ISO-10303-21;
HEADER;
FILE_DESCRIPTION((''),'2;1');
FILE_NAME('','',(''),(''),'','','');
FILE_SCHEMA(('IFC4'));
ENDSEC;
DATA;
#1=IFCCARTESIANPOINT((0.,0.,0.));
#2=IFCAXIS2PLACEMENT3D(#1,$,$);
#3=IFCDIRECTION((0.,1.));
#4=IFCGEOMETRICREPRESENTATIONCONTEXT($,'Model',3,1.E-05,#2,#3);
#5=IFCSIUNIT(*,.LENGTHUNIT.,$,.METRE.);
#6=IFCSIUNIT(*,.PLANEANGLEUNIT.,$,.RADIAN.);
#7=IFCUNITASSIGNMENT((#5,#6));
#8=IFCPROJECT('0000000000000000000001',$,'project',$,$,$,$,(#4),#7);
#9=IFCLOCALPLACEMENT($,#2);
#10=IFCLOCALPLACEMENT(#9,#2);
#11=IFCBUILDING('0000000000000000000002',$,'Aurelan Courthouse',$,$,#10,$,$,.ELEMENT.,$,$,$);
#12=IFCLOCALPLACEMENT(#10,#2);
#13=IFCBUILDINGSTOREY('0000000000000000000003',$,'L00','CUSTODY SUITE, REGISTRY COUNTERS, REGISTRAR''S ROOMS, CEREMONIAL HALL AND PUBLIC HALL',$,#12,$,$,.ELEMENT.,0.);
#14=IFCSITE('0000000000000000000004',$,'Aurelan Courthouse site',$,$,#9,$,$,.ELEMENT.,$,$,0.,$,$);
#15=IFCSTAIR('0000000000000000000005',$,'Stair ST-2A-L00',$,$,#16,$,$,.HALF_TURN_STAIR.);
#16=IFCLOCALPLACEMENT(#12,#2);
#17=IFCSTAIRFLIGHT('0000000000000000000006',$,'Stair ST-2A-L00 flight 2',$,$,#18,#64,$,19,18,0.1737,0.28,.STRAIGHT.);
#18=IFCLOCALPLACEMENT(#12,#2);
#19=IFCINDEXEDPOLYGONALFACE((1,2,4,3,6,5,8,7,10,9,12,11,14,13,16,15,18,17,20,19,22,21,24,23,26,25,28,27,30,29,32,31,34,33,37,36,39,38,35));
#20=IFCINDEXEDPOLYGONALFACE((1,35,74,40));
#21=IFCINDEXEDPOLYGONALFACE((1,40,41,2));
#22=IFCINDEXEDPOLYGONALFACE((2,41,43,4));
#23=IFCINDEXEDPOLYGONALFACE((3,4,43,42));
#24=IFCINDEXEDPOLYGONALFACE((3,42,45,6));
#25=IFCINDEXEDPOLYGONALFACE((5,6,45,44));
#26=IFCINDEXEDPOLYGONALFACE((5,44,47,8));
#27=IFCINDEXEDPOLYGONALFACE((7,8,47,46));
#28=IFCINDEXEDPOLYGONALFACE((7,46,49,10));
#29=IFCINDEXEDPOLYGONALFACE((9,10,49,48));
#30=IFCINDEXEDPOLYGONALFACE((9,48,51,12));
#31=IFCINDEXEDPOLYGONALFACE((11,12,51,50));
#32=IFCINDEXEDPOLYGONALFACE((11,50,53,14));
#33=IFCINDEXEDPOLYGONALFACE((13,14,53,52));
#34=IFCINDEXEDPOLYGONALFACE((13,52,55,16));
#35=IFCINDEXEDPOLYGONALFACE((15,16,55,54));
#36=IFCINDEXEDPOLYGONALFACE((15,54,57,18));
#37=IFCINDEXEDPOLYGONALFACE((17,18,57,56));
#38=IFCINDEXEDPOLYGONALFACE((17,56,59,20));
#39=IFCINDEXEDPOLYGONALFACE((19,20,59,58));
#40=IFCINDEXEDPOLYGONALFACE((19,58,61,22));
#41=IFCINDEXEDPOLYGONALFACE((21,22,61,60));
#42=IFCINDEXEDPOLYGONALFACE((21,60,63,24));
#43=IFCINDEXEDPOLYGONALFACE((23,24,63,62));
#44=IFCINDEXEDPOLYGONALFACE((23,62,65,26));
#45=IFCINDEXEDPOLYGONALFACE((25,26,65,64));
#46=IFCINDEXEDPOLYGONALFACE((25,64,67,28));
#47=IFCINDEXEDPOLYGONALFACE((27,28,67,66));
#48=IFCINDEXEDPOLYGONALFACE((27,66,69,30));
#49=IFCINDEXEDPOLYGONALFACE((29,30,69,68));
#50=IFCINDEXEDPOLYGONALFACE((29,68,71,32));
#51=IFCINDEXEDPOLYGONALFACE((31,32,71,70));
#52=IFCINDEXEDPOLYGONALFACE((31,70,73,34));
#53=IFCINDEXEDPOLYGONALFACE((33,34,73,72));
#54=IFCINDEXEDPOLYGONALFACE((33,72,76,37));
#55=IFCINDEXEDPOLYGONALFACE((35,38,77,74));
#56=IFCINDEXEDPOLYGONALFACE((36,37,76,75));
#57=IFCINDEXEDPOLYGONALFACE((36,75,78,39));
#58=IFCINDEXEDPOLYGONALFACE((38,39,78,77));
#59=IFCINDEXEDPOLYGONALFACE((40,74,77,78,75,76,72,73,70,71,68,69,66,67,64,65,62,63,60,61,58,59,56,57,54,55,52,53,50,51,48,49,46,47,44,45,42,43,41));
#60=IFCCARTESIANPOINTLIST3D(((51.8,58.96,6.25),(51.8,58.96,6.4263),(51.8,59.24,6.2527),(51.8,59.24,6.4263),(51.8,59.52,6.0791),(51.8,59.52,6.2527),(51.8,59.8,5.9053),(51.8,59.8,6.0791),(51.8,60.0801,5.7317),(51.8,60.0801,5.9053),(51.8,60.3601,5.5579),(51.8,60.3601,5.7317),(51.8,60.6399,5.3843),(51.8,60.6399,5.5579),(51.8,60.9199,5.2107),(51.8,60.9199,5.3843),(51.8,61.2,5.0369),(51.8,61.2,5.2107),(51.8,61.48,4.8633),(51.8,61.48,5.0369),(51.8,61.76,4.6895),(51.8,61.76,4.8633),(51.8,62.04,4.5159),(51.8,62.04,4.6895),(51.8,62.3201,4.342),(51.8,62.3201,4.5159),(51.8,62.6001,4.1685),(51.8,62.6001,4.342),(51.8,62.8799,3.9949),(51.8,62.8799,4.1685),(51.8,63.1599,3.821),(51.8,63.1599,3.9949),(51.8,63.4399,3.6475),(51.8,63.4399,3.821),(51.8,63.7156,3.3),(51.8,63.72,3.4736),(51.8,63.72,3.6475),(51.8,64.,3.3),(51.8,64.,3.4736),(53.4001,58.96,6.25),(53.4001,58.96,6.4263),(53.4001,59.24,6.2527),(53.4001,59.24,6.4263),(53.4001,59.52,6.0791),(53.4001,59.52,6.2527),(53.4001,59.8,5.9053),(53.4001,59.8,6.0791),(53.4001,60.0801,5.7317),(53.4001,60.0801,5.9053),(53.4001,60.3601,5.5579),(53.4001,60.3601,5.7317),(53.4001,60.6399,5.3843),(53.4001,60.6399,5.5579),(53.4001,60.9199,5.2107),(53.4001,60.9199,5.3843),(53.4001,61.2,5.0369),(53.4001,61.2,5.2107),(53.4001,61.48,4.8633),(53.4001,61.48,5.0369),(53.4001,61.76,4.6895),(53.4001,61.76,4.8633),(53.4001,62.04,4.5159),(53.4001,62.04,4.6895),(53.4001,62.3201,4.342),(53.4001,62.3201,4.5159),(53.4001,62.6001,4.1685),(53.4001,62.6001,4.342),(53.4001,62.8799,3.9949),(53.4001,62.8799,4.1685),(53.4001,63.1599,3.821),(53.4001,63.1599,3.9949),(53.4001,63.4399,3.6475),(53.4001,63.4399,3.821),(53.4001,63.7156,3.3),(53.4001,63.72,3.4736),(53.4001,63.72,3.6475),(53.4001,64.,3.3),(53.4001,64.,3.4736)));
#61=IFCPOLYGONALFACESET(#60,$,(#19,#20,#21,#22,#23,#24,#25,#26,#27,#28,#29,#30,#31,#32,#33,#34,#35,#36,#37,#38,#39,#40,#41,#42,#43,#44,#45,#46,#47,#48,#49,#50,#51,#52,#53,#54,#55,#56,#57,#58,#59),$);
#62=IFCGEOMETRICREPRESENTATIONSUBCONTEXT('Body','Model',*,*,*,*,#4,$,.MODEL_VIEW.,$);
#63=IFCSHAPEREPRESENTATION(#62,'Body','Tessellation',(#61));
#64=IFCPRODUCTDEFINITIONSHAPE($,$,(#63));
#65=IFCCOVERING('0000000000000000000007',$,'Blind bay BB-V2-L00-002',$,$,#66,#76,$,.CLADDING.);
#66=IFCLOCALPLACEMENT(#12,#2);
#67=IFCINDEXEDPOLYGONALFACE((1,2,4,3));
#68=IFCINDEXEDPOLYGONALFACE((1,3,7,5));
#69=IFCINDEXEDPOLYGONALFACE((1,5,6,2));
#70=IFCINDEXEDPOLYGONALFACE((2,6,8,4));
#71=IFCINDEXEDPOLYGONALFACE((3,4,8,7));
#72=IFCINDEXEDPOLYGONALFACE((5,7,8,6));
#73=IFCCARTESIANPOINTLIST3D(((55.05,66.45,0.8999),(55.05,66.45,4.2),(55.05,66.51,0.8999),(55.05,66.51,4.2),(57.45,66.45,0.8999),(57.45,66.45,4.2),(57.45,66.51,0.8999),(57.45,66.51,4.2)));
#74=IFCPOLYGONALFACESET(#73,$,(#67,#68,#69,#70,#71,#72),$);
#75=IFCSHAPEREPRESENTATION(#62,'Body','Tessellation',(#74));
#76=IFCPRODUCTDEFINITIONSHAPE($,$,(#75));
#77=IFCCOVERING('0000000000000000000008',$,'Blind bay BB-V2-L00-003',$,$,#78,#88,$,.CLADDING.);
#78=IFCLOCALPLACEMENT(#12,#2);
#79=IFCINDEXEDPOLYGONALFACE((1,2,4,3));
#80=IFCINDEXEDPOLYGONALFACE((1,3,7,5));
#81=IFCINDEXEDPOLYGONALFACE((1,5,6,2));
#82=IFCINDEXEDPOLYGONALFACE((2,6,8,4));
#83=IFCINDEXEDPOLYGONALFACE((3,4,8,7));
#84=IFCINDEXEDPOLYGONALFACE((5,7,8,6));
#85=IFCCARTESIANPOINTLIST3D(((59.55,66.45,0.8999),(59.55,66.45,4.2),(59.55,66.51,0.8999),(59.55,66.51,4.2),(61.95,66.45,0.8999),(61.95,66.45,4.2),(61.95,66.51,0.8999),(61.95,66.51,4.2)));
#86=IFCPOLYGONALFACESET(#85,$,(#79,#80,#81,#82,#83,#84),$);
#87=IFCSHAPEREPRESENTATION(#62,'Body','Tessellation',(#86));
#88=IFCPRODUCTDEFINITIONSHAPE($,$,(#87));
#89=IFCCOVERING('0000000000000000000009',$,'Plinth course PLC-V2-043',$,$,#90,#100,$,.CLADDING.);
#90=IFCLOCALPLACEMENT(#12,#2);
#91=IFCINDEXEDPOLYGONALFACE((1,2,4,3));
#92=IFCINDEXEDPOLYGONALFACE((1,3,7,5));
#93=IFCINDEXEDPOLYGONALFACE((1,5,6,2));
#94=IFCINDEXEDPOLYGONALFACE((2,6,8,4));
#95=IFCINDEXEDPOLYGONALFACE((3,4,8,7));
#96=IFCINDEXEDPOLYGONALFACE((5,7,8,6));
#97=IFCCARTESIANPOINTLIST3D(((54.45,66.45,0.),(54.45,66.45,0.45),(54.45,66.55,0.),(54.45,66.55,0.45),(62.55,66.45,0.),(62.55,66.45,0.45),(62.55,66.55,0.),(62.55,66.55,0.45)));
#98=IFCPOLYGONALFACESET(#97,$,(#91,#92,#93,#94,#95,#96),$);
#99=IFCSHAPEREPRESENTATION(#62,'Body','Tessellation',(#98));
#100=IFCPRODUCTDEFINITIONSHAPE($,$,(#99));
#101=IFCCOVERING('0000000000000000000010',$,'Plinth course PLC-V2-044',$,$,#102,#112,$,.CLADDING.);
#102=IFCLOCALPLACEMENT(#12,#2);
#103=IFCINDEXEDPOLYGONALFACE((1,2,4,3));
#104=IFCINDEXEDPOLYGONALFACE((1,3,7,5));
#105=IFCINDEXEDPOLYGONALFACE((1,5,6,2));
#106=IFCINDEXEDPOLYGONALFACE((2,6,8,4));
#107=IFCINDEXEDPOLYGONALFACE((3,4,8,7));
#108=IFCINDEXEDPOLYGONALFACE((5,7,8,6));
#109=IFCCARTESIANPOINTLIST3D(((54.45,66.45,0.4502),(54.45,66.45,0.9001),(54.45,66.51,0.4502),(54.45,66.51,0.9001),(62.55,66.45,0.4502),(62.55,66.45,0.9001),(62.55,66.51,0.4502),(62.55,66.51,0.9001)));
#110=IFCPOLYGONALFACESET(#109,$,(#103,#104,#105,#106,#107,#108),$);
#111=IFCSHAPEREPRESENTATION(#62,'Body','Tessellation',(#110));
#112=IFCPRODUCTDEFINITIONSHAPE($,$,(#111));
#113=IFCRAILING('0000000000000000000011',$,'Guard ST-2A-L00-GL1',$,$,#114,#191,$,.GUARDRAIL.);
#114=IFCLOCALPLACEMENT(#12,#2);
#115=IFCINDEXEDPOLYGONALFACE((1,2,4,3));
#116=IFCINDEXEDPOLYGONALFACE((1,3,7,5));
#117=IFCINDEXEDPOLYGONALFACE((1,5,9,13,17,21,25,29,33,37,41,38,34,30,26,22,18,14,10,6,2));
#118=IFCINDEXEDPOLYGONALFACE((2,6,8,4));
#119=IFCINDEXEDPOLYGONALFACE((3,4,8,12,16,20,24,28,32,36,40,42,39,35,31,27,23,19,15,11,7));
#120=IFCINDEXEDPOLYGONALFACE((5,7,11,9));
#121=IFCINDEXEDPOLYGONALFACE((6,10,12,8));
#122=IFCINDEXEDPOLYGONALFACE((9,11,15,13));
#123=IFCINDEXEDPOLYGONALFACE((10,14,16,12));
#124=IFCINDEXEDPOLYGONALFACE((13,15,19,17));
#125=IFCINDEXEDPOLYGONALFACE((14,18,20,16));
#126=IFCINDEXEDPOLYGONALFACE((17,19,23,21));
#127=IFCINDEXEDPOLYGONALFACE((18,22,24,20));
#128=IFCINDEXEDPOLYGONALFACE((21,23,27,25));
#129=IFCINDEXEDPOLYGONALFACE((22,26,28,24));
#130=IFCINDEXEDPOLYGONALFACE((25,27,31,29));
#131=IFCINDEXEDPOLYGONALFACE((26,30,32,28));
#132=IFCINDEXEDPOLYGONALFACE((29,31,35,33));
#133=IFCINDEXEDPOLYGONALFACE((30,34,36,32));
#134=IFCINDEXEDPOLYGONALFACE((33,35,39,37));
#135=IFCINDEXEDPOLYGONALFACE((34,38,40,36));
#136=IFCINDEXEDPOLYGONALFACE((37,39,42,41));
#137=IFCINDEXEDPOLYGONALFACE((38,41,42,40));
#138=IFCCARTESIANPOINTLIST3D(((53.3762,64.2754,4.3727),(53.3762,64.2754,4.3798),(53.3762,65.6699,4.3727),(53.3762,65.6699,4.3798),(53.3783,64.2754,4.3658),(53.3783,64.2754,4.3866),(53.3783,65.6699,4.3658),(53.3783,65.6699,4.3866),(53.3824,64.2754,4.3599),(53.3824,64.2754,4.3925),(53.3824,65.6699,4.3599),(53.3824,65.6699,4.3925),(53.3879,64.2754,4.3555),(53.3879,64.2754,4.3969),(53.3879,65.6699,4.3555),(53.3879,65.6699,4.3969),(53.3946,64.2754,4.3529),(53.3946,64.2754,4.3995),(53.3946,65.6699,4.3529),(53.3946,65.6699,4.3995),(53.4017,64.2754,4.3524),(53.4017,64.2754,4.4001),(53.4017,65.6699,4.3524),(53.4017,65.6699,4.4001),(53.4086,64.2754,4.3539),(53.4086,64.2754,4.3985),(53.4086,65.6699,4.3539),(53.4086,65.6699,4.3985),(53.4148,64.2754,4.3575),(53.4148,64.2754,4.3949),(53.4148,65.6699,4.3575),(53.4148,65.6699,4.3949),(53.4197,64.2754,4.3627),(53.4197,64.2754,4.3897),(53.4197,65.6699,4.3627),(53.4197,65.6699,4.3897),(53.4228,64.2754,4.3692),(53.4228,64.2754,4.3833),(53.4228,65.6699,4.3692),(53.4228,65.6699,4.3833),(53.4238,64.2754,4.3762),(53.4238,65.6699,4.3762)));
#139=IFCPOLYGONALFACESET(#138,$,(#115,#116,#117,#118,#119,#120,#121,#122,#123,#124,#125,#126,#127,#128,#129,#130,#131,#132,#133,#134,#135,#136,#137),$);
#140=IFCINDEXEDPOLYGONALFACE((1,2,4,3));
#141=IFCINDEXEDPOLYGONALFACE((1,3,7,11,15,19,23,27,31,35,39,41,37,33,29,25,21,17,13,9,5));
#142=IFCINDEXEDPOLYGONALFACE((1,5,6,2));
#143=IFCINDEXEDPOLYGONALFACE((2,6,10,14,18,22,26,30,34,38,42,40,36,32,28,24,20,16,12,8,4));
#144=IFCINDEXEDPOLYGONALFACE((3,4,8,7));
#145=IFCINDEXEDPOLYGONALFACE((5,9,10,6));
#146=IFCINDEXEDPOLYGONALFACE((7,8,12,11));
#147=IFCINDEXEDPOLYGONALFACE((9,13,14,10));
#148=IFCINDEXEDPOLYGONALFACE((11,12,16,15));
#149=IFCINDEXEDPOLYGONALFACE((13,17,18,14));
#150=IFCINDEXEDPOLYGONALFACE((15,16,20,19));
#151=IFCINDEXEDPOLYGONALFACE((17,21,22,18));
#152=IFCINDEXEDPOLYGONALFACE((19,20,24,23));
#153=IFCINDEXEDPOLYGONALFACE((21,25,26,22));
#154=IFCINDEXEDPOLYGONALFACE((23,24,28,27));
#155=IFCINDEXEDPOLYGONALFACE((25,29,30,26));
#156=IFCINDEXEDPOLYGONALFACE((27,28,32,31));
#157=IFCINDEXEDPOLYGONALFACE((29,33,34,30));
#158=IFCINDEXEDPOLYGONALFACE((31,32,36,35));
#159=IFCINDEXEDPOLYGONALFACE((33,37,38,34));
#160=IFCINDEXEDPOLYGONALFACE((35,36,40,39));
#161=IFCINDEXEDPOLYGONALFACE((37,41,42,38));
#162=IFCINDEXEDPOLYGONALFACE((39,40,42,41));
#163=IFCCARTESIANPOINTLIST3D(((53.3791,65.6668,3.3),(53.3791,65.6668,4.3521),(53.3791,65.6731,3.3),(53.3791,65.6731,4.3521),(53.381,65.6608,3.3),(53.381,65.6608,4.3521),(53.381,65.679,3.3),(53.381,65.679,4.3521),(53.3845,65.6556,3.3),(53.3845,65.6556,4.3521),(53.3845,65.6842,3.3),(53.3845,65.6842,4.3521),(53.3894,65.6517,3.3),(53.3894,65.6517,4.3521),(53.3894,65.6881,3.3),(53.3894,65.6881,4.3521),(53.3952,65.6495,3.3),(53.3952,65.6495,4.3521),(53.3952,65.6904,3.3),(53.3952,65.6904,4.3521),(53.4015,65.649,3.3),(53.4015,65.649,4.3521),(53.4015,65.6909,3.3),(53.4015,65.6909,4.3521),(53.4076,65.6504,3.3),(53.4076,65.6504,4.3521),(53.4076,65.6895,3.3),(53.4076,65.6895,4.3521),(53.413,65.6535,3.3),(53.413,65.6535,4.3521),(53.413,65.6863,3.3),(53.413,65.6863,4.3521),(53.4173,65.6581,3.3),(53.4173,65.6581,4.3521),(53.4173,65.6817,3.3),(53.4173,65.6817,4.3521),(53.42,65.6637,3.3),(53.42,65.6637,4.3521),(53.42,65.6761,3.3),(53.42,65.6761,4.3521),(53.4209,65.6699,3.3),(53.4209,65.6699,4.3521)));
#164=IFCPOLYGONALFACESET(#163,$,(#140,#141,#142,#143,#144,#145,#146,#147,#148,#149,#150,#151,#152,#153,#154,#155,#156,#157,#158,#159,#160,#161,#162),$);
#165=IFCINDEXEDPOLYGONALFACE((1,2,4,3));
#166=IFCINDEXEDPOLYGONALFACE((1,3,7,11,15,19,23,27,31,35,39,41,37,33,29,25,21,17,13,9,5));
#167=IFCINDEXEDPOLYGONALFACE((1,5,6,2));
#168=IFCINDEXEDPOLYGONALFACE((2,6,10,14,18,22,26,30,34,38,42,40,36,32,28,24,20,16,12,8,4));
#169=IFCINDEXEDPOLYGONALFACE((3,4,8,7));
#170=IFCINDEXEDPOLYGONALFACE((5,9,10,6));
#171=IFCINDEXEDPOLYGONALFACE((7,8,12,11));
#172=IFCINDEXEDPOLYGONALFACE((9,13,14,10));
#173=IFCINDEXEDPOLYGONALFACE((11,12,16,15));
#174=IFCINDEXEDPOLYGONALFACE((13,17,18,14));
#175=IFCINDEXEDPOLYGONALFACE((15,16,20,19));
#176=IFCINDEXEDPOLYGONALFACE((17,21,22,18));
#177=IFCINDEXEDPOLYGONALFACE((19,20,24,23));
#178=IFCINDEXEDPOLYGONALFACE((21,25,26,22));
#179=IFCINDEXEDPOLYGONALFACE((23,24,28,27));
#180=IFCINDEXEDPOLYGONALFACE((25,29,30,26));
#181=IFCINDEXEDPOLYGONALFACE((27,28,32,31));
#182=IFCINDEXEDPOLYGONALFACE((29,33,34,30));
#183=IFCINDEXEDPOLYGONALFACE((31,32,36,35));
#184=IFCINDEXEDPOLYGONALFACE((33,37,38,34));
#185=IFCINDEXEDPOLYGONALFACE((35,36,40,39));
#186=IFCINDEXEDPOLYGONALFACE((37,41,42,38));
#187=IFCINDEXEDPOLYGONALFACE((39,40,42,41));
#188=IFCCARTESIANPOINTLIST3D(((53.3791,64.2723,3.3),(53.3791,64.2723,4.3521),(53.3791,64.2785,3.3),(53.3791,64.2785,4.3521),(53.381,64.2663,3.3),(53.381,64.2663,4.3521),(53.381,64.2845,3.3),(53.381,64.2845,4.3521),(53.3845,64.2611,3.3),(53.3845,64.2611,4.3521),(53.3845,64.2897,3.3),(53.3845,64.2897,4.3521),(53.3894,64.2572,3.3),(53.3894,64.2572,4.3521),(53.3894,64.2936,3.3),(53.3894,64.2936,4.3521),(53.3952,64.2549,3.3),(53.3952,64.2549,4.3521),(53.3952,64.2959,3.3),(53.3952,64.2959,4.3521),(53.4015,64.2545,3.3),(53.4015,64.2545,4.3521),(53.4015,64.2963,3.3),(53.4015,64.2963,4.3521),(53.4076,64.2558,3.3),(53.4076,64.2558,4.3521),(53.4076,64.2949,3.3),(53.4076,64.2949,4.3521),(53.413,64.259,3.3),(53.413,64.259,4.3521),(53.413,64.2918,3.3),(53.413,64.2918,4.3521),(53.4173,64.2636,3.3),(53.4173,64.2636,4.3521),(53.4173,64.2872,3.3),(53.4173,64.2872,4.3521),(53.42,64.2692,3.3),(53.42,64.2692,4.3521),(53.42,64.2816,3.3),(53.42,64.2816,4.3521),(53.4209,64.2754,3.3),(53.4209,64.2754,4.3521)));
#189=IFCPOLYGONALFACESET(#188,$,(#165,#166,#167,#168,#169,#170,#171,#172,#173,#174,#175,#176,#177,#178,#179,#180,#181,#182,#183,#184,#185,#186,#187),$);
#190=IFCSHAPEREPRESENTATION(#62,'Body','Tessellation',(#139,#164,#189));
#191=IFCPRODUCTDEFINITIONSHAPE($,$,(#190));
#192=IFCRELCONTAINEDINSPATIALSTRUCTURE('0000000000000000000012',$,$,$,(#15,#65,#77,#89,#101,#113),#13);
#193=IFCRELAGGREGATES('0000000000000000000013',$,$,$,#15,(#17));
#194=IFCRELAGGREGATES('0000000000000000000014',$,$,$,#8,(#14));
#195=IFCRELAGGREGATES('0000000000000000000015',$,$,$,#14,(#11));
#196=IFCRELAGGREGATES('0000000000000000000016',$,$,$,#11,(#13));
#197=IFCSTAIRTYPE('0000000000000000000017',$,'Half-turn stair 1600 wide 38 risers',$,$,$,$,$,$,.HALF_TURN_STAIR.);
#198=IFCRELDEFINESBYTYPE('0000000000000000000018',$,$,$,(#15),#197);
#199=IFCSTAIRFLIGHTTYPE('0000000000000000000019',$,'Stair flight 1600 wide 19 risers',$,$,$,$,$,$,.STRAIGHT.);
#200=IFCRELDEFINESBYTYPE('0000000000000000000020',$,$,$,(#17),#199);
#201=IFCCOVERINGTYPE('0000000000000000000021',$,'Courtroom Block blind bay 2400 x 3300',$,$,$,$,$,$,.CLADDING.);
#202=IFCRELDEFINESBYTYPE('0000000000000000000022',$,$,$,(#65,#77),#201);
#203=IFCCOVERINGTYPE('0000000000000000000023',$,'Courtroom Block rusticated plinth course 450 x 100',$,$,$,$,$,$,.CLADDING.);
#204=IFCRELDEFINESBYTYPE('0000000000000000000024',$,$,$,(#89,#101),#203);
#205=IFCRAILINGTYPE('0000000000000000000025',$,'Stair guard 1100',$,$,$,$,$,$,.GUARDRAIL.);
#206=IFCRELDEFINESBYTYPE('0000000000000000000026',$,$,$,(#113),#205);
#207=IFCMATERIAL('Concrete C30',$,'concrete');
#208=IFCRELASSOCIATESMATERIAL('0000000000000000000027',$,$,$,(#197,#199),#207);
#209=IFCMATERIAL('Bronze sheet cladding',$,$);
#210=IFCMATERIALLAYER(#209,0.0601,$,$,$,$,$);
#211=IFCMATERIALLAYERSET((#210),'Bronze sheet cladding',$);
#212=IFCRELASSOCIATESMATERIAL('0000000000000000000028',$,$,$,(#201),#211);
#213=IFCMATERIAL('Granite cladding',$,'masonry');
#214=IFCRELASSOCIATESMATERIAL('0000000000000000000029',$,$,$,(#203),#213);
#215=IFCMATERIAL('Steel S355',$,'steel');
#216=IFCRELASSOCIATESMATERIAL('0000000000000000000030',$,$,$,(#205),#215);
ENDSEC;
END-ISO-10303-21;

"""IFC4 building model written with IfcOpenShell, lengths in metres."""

from ifc_helpers import new_model, si_unit, direction, frame, origin, origin_2d, place, context, subcontext, project, spatial, polyline, rectangle, circle, outline, extrude, material, layer, layer_set, type_object, element, aggregate, save


model = new_model("IFC4")

# Units and contexts
model_context = context("Model", 3, precision=1e-05, world=origin(), true_north=direction((0.0, 1.0)))
body_context = subcontext(model_context, "Body", "Model", "MODEL_VIEW")
ifc_project = project(units=[si_unit("LENGTHUNIT", "METRE"), si_unit("PLANEANGLEUNIT", "RADIAN")], contexts=[model_context])

# Site, building, storey
site_placement = place(None, origin())
site = spatial("IfcSite", under=ifc_project, at=site_placement, Name="Aurelan Courthouse site", CompositionType="ELEMENT", RefElevation=0.0)
building_placement = place(site_placement, origin())
building = spatial("IfcBuilding", under=site, at=building_placement, Name="Aurelan Courthouse", CompositionType="ELEMENT")
storey_placement = place(building_placement, origin())
storey = spatial("IfcBuildingStorey", under=building, at=storey_placement, Name="L00", Description="CUSTODY SUITE, REGISTRY COUNTERS, REGISTRAR'S ROOMS, CEREMONIAL HALL AND PUBLIC HALL", CompositionType="ELEMENT", Elevation=0.0)

# Shared definitions
ifc_material_1 = material(Name="Granite cladding", Category="masonry")
ifc_material_2 = material(Name="Concrete C30", Category="concrete")

# Stair, stair flight
stair_type = type_object("IfcStairType", Name="Half-turn stair 1600 wide 38 risers", PredefinedType="HALF_TURN_STAIR", material=ifc_material_2)
stair_placement = place(storey_placement, origin())
stair = element("IfcStair", 1, at=stair_placement, inside=storey, type_object=stair_type, Name="Stair ST-2A-L00", PredefinedType="HALF_TURN_STAIR")
stair_flight_type = type_object("IfcStairFlightType", Name="Stair flight 1600 wide 19 risers", PredefinedType="STRAIGHT", material=ifc_material_2)
stair_flight_placement = place(storey_placement, frame((52.6001, 64.0, 3.3), z_axis=(0.0, 0.0, 1.0), x_axis=(0.0, -1.0, 0.0)))
stair_flight = element("IfcStairFlight", 2, at=stair_flight_placement, type_object=stair_flight_type, Name="Stair ST-2A-L00 flight 2", NumberOfRisers=19, NumberOfTreads=18, PredefinedType="STRAIGHT", RiserHeight=0.1737, TreadLength=0.28, context=body_context, shape_type="SweptSolid", body=[
    extrude(outline(polyline([(0.0, 0.0), (0.0, 0.1736), (0.28, 0.1736), (0.28, 0.3474), (0.5601, 0.3474), (0.5601, 0.521), (0.8401, 0.521), (0.8401, 0.6948), (1.1201, 0.6948), (1.1201, 0.8684), (1.3999, 0.8684), (1.3999, 1.042), (1.6799, 1.042), (1.6799, 1.2158), (1.96, 1.2158), (1.96, 1.3894), (2.24, 1.3894), (2.24, 1.5632), (2.52, 1.5632), (2.52, 1.7368), (2.8, 1.7368), (2.8, 1.9106), (3.0801, 1.9106), (3.0801, 2.0842), (3.3601, 2.0842), (3.3601, 2.2578), (3.6399, 2.2578), (3.6399, 2.4316), (3.9199, 2.4316), (3.9199, 2.6052), (4.2, 2.6052), (4.2, 2.7791), (4.48, 2.7791), (4.48, 2.9526), (4.76, 2.9526), (4.76, 3.1262), (5.04, 3.1262), (5.04, 3.3), (5.04, 2.95), (0.2844, 0.0), (0.0, 0.0)])), frame((0.0, 0.8, 0.0), z_axis=(0.0, -1.0, 0.0), x_axis=(1.0, 0.0, 0.0)), (0.0, 0.0, 1.0), 1.6001),
])
aggregate(stair, [stair_flight])

# Coverings
ifc_material_3 = material(Name="Bronze sheet cladding")
ifc_layer_1 = layer(ifc_material_3, 0.0601)
ifc_layer_set_1 = layer_set([ifc_layer_1], Name="Bronze sheet cladding")
covering_type_1 = type_object("IfcCoveringType", Name="Courtroom Block blind bay 2400 x 3300", PredefinedType="CLADDING", material=ifc_layer_set_1)
for number, where, z_axis, x_axis, name in (
    (3, (56.25, 66.48, 0.8999), (0.0, 0.0, 1.0), (1.0, 0.0, 0.0), "Blind bay BB-V2-L00-002"),
    (4, (60.75, 66.48, 0.8999), (0.0, 0.0, 1.0), (1.0, 0.0, 0.0), "Blind bay BB-V2-L00-003"),
):
    element("IfcCovering", number, at=place(storey_placement, frame(where, z_axis=z_axis, x_axis=x_axis)), inside=storey, type_object=covering_type_1, Name=name, PredefinedType="CLADDING", context=body_context, shape_type="SweptSolid", body=[
        extrude(rectangle(XDim=2.3999, YDim=0.0601, at=origin_2d()), origin(), (0.0, 0.0, 1.0), 3.3),
    ])
covering_type_2 = type_object("IfcCoveringType", Name="Courtroom Block rusticated plinth course 450 x 100", PredefinedType="CLADDING", material=ifc_material_1)
covering_1_placement = place(storey_placement, frame((58.5, 66.5, 0.0), z_axis=(0.0, 0.0, 1.0), x_axis=(1.0, 0.0, 0.0)))
element("IfcCovering", 5, at=covering_1_placement, inside=storey, type_object=covering_type_2, Name="Plinth course PLC-V2-043", PredefinedType="CLADDING", context=body_context, shape_type="SweptSolid", body=[
    extrude(rectangle(XDim=8.1001, YDim=0.1001, at=origin_2d()), origin(), (0.0, 0.0, 1.0), 0.45),
])
covering_2_placement = place(storey_placement, frame((58.5, 66.48, 0.4502), z_axis=(0.0, 0.0, 1.0), x_axis=(1.0, 0.0, 0.0)))
element("IfcCovering", 6, at=covering_2_placement, inside=storey, type_object=covering_type_2, Name="Plinth course PLC-V2-044", PredefinedType="CLADDING", context=body_context, shape_type="SweptSolid", body=[
    extrude(rectangle(XDim=8.1001, YDim=0.0601, at=origin_2d()), origin(), (0.0, 0.0, 1.0), 0.45),
])

# Railing
ifc_material_4 = material(Name="Steel S355", Category="steel")
railing_type_1 = type_object("IfcRailingType", Name="Stair guard 1100", PredefinedType="GUARDRAIL", material=ifc_material_4)
railing_placement = place(storey_placement, frame((53.3999, 65.6699, 3.3)))
element("IfcRailing", 7, at=railing_placement, inside=storey, type_object=railing_type_1, Name="Guard ST-2A-L00-GL1", PredefinedType="GUARDRAIL", context=body_context, shape_type="SweptSolid", body=[
    extrude(circle(Radius=0.0239, at=origin_2d()), frame((0.0, 0.0, 1.0762), z_axis=(0.0, -1.0, 0.0), x_axis=(1.0, 0.0, 0.0)), (0.0, 0.0, 1.0), 1.3945),
    extrude(circle(Radius=0.021, at=origin_2d()), origin(), (0.0, 0.0, 1.0), 1.052),
    extrude(circle(Radius=0.021, at=origin_2d()), frame((0.0, -1.3945, 0.0)), (0.0, 0.0, 1.0), 1.052),
])

save(model, "model.ifc")
